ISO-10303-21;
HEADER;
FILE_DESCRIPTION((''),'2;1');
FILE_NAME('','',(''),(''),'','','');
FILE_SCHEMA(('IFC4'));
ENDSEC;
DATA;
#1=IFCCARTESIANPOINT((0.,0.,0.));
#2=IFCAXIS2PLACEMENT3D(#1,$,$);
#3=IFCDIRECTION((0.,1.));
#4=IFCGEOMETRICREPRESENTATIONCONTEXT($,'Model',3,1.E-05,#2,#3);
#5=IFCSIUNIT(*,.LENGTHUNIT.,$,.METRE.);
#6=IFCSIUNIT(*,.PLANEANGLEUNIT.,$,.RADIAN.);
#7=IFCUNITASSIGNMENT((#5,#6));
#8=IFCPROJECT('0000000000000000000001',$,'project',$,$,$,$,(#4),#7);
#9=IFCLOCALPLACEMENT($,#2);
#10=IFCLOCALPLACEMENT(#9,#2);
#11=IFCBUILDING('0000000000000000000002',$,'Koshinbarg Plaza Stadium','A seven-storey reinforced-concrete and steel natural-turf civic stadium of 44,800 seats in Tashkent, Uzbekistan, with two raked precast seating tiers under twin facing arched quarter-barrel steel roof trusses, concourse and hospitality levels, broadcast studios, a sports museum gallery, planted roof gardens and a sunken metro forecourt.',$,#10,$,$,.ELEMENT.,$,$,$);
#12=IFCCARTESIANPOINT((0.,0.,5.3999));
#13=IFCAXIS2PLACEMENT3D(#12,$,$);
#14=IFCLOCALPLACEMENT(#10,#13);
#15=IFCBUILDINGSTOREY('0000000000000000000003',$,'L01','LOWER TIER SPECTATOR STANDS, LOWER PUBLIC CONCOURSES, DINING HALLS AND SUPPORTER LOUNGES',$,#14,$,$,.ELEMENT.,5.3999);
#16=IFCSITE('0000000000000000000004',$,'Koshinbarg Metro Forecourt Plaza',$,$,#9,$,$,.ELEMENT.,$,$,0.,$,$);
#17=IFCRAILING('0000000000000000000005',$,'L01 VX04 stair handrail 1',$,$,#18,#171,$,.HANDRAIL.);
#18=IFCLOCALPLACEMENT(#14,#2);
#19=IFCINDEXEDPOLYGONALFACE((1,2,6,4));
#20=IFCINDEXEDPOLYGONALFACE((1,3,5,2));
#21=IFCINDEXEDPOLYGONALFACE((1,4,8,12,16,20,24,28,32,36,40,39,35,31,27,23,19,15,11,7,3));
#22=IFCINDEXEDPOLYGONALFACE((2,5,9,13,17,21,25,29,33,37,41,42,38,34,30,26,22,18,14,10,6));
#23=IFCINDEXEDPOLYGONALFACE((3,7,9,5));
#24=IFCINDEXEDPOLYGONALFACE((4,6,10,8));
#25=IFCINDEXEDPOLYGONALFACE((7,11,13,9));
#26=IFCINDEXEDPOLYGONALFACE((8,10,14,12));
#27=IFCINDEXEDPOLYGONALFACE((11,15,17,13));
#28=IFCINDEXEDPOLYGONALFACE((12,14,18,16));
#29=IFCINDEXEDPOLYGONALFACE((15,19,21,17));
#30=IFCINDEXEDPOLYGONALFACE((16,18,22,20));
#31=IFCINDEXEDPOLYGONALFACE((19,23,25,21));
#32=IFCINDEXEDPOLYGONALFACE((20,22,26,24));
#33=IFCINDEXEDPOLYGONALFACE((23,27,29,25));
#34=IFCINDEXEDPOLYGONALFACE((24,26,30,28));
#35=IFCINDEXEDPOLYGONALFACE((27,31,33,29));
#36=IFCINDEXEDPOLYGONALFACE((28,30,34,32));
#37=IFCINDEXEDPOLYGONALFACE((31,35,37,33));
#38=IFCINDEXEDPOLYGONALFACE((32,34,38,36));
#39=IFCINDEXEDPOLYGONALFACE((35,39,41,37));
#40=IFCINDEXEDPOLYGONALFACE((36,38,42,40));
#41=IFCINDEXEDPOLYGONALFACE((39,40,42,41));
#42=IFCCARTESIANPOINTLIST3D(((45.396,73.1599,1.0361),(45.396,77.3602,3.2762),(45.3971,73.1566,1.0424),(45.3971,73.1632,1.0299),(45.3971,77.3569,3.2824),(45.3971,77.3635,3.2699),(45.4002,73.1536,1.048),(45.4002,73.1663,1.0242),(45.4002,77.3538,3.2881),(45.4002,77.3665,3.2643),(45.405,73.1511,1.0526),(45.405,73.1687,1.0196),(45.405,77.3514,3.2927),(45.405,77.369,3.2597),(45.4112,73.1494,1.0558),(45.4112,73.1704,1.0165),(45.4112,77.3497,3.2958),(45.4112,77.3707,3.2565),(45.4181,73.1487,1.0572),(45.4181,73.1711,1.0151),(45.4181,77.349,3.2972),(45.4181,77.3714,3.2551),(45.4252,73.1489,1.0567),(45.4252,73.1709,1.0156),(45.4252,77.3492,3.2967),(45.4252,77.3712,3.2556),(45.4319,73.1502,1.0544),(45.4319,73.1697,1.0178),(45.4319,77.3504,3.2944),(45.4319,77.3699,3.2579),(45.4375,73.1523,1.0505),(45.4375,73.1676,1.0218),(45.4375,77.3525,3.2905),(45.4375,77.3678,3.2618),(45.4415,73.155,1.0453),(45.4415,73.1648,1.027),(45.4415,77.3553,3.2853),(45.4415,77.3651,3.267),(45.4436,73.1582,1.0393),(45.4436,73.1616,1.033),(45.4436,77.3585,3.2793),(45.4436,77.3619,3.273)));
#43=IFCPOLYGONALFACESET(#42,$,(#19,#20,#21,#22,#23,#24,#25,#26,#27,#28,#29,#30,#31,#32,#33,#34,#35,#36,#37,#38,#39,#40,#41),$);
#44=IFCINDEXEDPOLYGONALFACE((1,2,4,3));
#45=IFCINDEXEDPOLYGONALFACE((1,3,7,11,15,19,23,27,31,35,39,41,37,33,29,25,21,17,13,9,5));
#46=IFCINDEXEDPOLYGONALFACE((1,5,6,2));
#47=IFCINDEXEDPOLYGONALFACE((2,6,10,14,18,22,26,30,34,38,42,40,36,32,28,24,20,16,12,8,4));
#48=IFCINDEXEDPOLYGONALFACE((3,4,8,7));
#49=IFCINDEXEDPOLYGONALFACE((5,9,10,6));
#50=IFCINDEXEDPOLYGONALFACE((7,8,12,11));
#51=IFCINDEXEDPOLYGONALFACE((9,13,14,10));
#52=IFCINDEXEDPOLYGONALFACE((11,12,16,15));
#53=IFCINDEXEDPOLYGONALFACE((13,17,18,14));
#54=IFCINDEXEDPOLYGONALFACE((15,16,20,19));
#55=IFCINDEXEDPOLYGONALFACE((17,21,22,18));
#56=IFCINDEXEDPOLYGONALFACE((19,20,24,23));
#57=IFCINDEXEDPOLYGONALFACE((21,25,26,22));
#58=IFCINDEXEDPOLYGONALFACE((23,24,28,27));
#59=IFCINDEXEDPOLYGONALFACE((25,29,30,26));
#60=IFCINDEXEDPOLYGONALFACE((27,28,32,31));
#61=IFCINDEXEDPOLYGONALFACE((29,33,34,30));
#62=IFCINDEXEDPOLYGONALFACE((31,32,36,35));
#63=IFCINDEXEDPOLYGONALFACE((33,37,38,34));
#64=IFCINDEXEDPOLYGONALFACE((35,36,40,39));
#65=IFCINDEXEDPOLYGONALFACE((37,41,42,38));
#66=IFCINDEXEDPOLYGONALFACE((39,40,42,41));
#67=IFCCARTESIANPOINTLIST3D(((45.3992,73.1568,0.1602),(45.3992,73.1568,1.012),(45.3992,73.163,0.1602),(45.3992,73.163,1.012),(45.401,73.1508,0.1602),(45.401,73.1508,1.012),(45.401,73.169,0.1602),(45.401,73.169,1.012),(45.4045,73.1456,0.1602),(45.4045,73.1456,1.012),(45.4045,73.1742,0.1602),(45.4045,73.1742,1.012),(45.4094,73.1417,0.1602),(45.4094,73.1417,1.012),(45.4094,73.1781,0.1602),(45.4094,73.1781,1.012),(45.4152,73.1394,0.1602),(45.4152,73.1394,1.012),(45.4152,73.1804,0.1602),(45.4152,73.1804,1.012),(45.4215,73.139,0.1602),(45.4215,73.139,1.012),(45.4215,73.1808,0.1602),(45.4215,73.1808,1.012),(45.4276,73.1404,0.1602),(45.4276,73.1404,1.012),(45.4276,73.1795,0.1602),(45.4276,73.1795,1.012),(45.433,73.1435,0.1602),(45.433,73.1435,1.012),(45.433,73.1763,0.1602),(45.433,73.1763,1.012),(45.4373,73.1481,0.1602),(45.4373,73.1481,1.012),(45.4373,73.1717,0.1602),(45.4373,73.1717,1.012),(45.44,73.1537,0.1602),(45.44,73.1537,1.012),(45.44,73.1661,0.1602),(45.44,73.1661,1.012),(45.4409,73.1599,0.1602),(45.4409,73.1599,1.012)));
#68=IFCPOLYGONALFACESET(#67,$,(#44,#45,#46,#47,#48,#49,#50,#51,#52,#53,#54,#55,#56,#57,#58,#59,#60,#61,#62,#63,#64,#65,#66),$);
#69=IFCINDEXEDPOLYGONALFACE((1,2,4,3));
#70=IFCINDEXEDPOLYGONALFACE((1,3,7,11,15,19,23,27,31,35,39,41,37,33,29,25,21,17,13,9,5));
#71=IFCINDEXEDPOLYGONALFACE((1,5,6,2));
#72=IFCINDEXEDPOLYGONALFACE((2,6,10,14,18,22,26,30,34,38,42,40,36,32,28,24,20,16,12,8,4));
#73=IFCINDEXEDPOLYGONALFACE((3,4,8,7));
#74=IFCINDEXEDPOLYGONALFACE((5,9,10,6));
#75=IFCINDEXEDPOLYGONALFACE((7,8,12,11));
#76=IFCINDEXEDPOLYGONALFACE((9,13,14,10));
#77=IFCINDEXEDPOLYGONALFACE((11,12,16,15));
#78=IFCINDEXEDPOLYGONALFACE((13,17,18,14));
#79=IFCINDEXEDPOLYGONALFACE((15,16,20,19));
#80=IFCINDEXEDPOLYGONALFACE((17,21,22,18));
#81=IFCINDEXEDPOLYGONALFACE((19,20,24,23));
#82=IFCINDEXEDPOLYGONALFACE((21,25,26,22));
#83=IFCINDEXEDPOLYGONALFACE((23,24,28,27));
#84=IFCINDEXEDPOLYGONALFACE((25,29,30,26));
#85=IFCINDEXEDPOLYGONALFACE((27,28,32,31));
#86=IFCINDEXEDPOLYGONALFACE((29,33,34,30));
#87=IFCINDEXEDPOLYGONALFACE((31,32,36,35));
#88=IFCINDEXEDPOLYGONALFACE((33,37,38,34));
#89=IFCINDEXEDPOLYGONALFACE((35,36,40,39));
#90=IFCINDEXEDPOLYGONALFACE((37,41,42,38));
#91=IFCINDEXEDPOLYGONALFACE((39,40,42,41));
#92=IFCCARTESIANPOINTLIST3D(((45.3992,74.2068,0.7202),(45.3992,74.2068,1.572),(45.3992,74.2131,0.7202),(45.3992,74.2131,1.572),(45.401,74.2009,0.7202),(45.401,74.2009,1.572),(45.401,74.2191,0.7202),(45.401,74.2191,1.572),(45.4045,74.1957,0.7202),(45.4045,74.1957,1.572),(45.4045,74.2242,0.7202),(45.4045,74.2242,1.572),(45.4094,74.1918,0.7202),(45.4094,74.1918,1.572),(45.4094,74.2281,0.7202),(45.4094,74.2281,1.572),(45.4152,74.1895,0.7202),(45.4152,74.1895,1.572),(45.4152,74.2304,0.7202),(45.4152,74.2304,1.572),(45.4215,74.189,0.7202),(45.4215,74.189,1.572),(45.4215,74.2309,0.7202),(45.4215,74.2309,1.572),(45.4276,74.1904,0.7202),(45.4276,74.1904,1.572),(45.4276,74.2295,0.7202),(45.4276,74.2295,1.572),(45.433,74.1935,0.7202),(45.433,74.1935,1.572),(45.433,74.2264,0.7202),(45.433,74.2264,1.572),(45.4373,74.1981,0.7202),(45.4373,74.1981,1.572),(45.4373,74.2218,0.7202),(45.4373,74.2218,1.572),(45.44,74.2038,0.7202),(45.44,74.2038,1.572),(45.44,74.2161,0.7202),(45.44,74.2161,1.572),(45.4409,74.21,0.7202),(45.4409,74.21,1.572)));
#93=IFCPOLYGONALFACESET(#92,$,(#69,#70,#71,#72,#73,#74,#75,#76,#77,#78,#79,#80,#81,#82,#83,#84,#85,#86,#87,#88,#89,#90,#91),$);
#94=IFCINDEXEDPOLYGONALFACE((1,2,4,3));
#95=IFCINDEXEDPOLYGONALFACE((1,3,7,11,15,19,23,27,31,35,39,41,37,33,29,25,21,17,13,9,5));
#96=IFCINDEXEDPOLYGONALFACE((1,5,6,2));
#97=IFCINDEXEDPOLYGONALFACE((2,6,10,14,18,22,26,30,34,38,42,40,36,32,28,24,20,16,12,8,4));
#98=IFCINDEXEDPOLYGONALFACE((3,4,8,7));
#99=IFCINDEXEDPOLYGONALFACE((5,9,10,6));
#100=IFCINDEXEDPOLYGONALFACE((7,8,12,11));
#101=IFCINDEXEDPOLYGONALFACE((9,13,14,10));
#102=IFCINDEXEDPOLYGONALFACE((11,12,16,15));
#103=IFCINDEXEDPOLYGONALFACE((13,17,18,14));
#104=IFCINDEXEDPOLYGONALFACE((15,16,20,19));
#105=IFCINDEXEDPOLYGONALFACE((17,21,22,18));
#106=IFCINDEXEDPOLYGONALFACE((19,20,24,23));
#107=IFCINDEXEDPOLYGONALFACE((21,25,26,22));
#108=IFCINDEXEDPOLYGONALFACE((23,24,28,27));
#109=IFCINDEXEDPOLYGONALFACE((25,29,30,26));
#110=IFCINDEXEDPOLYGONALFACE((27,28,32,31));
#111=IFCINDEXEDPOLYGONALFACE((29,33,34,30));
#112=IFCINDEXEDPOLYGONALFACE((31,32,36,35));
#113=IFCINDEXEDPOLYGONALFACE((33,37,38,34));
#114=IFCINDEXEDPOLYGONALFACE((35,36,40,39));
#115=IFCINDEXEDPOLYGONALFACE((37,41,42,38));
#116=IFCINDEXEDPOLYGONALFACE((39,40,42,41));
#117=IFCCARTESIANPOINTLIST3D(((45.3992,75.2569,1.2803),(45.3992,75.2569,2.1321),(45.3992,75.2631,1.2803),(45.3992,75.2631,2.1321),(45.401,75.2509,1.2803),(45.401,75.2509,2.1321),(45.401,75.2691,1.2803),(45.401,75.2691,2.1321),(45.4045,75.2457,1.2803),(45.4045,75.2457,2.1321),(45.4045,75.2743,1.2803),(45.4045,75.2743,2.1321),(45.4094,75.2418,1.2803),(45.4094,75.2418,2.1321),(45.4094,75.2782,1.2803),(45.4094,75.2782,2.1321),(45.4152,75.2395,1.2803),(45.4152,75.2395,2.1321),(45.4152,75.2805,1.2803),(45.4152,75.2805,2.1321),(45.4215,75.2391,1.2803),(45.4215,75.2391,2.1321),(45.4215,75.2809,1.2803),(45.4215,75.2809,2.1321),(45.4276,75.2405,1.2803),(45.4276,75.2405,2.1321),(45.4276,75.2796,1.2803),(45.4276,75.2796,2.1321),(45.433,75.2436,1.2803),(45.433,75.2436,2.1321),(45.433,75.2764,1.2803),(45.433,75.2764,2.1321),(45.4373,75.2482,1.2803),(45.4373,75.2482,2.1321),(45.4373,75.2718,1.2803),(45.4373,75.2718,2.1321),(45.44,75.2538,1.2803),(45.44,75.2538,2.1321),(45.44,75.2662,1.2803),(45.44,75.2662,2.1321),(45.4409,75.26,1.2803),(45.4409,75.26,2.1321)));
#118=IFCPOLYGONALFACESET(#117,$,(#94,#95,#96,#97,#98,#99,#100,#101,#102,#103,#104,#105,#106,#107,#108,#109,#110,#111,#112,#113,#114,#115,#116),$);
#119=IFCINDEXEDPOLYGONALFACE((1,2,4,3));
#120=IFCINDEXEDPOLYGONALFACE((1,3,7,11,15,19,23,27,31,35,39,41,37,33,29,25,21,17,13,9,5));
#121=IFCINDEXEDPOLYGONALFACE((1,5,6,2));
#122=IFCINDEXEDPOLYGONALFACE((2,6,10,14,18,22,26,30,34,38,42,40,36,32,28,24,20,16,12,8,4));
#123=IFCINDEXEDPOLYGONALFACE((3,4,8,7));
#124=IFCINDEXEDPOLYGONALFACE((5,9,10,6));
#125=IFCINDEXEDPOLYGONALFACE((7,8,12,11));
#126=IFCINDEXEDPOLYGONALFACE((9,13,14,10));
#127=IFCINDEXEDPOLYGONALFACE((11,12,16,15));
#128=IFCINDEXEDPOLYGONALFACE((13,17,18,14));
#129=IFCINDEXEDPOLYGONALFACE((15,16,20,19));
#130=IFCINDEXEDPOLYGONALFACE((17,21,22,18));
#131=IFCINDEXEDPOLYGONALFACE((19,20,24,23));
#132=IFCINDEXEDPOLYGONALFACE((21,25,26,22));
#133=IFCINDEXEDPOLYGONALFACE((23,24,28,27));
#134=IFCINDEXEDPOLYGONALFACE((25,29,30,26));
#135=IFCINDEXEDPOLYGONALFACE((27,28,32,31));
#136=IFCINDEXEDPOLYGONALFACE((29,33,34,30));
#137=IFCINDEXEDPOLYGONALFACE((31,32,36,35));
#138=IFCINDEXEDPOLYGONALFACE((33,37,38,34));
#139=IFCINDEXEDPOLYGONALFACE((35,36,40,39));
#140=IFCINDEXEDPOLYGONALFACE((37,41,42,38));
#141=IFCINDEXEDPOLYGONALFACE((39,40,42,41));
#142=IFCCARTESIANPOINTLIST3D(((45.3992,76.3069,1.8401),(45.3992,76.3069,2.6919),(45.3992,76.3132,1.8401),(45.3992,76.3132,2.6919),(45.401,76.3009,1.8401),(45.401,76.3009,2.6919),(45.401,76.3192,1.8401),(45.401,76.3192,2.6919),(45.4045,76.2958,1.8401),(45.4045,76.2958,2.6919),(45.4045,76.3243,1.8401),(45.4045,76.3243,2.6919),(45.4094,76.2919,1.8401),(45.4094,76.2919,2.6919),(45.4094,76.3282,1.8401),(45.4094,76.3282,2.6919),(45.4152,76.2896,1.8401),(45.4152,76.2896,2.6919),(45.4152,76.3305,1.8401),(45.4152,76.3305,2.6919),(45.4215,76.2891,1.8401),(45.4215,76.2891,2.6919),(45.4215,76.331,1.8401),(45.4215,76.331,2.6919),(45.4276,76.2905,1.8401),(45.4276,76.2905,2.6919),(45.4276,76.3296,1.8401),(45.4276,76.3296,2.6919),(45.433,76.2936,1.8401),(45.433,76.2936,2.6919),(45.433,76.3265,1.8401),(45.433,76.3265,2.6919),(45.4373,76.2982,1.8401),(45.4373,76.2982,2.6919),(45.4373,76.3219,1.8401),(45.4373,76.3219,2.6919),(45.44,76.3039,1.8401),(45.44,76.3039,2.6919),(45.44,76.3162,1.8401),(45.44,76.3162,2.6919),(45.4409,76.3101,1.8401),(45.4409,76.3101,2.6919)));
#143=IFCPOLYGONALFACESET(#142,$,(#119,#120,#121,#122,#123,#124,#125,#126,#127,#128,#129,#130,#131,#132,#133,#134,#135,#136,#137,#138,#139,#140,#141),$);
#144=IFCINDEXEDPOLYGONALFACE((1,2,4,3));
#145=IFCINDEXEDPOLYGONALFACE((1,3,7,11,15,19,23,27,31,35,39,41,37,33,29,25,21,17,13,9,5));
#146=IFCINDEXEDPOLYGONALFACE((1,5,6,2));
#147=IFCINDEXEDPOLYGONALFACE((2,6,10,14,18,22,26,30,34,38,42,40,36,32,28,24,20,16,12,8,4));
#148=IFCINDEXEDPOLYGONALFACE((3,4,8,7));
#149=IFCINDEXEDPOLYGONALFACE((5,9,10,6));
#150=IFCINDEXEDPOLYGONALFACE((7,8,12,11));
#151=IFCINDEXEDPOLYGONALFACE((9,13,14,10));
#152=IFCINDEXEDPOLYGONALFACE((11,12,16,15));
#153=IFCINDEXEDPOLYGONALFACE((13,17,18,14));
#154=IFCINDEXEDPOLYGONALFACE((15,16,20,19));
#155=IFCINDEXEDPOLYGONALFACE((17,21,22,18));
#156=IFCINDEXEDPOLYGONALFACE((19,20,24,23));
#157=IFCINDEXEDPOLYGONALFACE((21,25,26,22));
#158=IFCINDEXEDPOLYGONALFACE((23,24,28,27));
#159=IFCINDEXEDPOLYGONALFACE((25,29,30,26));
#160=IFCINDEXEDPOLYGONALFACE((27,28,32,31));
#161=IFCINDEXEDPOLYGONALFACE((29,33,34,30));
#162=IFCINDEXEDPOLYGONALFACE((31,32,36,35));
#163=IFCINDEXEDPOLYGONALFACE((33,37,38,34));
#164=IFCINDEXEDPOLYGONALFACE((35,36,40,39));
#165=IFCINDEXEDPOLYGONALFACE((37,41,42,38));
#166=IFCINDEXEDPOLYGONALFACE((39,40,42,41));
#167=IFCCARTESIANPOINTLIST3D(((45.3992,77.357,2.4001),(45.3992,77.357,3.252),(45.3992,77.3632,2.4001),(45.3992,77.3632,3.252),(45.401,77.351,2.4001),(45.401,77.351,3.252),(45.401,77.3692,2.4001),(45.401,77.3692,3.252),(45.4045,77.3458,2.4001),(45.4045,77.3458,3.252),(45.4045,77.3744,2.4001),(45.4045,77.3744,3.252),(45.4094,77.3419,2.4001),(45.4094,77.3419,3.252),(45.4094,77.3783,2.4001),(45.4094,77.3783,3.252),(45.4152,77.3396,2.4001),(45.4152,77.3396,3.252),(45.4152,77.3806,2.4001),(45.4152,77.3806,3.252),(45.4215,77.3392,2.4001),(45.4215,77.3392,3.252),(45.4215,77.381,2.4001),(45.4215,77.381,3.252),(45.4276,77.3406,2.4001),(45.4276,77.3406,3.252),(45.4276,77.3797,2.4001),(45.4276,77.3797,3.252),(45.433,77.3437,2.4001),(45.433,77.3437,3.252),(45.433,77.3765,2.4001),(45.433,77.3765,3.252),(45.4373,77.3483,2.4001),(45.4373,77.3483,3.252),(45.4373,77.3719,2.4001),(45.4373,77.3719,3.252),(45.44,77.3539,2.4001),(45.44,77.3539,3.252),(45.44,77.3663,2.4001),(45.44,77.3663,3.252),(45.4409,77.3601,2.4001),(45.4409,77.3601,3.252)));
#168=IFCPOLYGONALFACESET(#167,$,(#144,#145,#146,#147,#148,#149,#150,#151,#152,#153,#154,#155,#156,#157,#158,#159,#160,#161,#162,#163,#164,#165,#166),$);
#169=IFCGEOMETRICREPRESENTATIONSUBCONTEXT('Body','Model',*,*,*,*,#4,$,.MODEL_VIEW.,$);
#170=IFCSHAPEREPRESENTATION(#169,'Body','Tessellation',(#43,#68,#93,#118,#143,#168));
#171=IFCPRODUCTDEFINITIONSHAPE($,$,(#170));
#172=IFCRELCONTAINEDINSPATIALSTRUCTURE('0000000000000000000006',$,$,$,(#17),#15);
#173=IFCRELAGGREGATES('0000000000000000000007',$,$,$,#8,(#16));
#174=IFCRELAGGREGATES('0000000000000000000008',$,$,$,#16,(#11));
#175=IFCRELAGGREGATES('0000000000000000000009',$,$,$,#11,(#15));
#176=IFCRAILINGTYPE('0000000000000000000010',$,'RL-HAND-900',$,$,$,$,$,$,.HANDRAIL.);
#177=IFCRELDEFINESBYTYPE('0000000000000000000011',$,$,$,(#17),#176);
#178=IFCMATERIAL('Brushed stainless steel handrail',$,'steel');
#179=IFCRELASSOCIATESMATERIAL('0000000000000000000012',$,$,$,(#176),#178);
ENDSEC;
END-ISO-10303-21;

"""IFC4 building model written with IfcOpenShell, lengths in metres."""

from ifc_helpers import new_model, si_unit, direction, frame, origin, origin_2d, place, context, subcontext, project, spatial, circle, extrude, material, type_object, element, save


model = new_model("IFC4")

# Units and contexts
model_context = context("Model", 3, precision=1e-05, world=origin(), true_north=direction((0.0, 1.0)))
body_context = subcontext(model_context, "Body", "Model", "MODEL_VIEW")
ifc_project = project(units=[si_unit("LENGTHUNIT", "METRE"), si_unit("PLANEANGLEUNIT", "RADIAN")], contexts=[model_context])

# Site, building, storey
site_placement = place(None, origin())
site = spatial("IfcSite", under=ifc_project, at=site_placement, Name="Koshinbarg Metro Forecourt Plaza", CompositionType="ELEMENT", RefElevation=0.0)
building_placement = place(site_placement, origin())
building = spatial("IfcBuilding", under=site, at=building_placement, Name="Koshinbarg Plaza Stadium", Description="A seven-storey reinforced-concrete and steel natural-turf civic stadium of 44,800 seats in Tashkent, Uzbekistan, with two raked precast seating tiers under twin facing arched quarter-barrel steel roof trusses, concourse and hospitality levels, broadcast studios, a sports museum gallery, planted roof gardens and a sunken metro forecourt.", CompositionType="ELEMENT")
storey_placement = place(building_placement, frame((0.0, 0.0, 5.3999)))
storey = spatial("IfcBuildingStorey", under=building, at=storey_placement, Name="L01", Description="LOWER TIER SPECTATOR STANDS, LOWER PUBLIC CONCOURSES, DINING HALLS AND SUPPORTER LOUNGES", CompositionType="ELEMENT", Elevation=5.3999)

# Railing
ifc_material_1 = material(Name="Brushed stainless steel handrail", Category="steel")
railing_type_1 = type_object("IfcRailingType", Name="RL-HAND-900", PredefinedType="HANDRAIL", material=ifc_material_1)
for number, where, name in (
    (1, (45.4199, 73.1599, 0.1602), "L01 VX04 stair handrail 1"),
):
    element("IfcRailing", number, at=place(storey_placement, frame(where)), inside=storey, type_object=railing_type_1, Name=name, PredefinedType="HANDRAIL", context=body_context, shape_type="SweptSolid", body=[
        extrude(circle(Radius=0.0239, at=origin_2d()), frame((0.0, 0.0, 0.876), z_axis=(0.0, 0.882363, 0.47057), x_axis=(-1.0, 0.0, 0.0)), (0.0, 0.0, 1.0), 4.7603),
        extrude(circle(Radius=0.021, at=origin_2d()), origin(), (0.0, 0.0, 1.0), 0.8518),
        extrude(circle(Radius=0.021, at=origin_2d()), frame((0.0, 1.05, 0.5601)), (0.0, 0.0, 1.0), 0.8518),
        extrude(circle(Radius=0.021, at=origin_2d()), frame((0.0, 2.1001, 1.1201)), (0.0, 0.0, 1.0), 0.8518),
        extrude(circle(Radius=0.021, at=origin_2d()), frame((0.0, 3.1501, 1.6799)), (0.0, 0.0, 1.0), 0.8518),
        extrude(circle(Radius=0.021, at=origin_2d()), frame((0.0, 4.2002, 2.24)), (0.0, 0.0, 1.0), 0.8518),
    ])

save(model, "model.ifc")
